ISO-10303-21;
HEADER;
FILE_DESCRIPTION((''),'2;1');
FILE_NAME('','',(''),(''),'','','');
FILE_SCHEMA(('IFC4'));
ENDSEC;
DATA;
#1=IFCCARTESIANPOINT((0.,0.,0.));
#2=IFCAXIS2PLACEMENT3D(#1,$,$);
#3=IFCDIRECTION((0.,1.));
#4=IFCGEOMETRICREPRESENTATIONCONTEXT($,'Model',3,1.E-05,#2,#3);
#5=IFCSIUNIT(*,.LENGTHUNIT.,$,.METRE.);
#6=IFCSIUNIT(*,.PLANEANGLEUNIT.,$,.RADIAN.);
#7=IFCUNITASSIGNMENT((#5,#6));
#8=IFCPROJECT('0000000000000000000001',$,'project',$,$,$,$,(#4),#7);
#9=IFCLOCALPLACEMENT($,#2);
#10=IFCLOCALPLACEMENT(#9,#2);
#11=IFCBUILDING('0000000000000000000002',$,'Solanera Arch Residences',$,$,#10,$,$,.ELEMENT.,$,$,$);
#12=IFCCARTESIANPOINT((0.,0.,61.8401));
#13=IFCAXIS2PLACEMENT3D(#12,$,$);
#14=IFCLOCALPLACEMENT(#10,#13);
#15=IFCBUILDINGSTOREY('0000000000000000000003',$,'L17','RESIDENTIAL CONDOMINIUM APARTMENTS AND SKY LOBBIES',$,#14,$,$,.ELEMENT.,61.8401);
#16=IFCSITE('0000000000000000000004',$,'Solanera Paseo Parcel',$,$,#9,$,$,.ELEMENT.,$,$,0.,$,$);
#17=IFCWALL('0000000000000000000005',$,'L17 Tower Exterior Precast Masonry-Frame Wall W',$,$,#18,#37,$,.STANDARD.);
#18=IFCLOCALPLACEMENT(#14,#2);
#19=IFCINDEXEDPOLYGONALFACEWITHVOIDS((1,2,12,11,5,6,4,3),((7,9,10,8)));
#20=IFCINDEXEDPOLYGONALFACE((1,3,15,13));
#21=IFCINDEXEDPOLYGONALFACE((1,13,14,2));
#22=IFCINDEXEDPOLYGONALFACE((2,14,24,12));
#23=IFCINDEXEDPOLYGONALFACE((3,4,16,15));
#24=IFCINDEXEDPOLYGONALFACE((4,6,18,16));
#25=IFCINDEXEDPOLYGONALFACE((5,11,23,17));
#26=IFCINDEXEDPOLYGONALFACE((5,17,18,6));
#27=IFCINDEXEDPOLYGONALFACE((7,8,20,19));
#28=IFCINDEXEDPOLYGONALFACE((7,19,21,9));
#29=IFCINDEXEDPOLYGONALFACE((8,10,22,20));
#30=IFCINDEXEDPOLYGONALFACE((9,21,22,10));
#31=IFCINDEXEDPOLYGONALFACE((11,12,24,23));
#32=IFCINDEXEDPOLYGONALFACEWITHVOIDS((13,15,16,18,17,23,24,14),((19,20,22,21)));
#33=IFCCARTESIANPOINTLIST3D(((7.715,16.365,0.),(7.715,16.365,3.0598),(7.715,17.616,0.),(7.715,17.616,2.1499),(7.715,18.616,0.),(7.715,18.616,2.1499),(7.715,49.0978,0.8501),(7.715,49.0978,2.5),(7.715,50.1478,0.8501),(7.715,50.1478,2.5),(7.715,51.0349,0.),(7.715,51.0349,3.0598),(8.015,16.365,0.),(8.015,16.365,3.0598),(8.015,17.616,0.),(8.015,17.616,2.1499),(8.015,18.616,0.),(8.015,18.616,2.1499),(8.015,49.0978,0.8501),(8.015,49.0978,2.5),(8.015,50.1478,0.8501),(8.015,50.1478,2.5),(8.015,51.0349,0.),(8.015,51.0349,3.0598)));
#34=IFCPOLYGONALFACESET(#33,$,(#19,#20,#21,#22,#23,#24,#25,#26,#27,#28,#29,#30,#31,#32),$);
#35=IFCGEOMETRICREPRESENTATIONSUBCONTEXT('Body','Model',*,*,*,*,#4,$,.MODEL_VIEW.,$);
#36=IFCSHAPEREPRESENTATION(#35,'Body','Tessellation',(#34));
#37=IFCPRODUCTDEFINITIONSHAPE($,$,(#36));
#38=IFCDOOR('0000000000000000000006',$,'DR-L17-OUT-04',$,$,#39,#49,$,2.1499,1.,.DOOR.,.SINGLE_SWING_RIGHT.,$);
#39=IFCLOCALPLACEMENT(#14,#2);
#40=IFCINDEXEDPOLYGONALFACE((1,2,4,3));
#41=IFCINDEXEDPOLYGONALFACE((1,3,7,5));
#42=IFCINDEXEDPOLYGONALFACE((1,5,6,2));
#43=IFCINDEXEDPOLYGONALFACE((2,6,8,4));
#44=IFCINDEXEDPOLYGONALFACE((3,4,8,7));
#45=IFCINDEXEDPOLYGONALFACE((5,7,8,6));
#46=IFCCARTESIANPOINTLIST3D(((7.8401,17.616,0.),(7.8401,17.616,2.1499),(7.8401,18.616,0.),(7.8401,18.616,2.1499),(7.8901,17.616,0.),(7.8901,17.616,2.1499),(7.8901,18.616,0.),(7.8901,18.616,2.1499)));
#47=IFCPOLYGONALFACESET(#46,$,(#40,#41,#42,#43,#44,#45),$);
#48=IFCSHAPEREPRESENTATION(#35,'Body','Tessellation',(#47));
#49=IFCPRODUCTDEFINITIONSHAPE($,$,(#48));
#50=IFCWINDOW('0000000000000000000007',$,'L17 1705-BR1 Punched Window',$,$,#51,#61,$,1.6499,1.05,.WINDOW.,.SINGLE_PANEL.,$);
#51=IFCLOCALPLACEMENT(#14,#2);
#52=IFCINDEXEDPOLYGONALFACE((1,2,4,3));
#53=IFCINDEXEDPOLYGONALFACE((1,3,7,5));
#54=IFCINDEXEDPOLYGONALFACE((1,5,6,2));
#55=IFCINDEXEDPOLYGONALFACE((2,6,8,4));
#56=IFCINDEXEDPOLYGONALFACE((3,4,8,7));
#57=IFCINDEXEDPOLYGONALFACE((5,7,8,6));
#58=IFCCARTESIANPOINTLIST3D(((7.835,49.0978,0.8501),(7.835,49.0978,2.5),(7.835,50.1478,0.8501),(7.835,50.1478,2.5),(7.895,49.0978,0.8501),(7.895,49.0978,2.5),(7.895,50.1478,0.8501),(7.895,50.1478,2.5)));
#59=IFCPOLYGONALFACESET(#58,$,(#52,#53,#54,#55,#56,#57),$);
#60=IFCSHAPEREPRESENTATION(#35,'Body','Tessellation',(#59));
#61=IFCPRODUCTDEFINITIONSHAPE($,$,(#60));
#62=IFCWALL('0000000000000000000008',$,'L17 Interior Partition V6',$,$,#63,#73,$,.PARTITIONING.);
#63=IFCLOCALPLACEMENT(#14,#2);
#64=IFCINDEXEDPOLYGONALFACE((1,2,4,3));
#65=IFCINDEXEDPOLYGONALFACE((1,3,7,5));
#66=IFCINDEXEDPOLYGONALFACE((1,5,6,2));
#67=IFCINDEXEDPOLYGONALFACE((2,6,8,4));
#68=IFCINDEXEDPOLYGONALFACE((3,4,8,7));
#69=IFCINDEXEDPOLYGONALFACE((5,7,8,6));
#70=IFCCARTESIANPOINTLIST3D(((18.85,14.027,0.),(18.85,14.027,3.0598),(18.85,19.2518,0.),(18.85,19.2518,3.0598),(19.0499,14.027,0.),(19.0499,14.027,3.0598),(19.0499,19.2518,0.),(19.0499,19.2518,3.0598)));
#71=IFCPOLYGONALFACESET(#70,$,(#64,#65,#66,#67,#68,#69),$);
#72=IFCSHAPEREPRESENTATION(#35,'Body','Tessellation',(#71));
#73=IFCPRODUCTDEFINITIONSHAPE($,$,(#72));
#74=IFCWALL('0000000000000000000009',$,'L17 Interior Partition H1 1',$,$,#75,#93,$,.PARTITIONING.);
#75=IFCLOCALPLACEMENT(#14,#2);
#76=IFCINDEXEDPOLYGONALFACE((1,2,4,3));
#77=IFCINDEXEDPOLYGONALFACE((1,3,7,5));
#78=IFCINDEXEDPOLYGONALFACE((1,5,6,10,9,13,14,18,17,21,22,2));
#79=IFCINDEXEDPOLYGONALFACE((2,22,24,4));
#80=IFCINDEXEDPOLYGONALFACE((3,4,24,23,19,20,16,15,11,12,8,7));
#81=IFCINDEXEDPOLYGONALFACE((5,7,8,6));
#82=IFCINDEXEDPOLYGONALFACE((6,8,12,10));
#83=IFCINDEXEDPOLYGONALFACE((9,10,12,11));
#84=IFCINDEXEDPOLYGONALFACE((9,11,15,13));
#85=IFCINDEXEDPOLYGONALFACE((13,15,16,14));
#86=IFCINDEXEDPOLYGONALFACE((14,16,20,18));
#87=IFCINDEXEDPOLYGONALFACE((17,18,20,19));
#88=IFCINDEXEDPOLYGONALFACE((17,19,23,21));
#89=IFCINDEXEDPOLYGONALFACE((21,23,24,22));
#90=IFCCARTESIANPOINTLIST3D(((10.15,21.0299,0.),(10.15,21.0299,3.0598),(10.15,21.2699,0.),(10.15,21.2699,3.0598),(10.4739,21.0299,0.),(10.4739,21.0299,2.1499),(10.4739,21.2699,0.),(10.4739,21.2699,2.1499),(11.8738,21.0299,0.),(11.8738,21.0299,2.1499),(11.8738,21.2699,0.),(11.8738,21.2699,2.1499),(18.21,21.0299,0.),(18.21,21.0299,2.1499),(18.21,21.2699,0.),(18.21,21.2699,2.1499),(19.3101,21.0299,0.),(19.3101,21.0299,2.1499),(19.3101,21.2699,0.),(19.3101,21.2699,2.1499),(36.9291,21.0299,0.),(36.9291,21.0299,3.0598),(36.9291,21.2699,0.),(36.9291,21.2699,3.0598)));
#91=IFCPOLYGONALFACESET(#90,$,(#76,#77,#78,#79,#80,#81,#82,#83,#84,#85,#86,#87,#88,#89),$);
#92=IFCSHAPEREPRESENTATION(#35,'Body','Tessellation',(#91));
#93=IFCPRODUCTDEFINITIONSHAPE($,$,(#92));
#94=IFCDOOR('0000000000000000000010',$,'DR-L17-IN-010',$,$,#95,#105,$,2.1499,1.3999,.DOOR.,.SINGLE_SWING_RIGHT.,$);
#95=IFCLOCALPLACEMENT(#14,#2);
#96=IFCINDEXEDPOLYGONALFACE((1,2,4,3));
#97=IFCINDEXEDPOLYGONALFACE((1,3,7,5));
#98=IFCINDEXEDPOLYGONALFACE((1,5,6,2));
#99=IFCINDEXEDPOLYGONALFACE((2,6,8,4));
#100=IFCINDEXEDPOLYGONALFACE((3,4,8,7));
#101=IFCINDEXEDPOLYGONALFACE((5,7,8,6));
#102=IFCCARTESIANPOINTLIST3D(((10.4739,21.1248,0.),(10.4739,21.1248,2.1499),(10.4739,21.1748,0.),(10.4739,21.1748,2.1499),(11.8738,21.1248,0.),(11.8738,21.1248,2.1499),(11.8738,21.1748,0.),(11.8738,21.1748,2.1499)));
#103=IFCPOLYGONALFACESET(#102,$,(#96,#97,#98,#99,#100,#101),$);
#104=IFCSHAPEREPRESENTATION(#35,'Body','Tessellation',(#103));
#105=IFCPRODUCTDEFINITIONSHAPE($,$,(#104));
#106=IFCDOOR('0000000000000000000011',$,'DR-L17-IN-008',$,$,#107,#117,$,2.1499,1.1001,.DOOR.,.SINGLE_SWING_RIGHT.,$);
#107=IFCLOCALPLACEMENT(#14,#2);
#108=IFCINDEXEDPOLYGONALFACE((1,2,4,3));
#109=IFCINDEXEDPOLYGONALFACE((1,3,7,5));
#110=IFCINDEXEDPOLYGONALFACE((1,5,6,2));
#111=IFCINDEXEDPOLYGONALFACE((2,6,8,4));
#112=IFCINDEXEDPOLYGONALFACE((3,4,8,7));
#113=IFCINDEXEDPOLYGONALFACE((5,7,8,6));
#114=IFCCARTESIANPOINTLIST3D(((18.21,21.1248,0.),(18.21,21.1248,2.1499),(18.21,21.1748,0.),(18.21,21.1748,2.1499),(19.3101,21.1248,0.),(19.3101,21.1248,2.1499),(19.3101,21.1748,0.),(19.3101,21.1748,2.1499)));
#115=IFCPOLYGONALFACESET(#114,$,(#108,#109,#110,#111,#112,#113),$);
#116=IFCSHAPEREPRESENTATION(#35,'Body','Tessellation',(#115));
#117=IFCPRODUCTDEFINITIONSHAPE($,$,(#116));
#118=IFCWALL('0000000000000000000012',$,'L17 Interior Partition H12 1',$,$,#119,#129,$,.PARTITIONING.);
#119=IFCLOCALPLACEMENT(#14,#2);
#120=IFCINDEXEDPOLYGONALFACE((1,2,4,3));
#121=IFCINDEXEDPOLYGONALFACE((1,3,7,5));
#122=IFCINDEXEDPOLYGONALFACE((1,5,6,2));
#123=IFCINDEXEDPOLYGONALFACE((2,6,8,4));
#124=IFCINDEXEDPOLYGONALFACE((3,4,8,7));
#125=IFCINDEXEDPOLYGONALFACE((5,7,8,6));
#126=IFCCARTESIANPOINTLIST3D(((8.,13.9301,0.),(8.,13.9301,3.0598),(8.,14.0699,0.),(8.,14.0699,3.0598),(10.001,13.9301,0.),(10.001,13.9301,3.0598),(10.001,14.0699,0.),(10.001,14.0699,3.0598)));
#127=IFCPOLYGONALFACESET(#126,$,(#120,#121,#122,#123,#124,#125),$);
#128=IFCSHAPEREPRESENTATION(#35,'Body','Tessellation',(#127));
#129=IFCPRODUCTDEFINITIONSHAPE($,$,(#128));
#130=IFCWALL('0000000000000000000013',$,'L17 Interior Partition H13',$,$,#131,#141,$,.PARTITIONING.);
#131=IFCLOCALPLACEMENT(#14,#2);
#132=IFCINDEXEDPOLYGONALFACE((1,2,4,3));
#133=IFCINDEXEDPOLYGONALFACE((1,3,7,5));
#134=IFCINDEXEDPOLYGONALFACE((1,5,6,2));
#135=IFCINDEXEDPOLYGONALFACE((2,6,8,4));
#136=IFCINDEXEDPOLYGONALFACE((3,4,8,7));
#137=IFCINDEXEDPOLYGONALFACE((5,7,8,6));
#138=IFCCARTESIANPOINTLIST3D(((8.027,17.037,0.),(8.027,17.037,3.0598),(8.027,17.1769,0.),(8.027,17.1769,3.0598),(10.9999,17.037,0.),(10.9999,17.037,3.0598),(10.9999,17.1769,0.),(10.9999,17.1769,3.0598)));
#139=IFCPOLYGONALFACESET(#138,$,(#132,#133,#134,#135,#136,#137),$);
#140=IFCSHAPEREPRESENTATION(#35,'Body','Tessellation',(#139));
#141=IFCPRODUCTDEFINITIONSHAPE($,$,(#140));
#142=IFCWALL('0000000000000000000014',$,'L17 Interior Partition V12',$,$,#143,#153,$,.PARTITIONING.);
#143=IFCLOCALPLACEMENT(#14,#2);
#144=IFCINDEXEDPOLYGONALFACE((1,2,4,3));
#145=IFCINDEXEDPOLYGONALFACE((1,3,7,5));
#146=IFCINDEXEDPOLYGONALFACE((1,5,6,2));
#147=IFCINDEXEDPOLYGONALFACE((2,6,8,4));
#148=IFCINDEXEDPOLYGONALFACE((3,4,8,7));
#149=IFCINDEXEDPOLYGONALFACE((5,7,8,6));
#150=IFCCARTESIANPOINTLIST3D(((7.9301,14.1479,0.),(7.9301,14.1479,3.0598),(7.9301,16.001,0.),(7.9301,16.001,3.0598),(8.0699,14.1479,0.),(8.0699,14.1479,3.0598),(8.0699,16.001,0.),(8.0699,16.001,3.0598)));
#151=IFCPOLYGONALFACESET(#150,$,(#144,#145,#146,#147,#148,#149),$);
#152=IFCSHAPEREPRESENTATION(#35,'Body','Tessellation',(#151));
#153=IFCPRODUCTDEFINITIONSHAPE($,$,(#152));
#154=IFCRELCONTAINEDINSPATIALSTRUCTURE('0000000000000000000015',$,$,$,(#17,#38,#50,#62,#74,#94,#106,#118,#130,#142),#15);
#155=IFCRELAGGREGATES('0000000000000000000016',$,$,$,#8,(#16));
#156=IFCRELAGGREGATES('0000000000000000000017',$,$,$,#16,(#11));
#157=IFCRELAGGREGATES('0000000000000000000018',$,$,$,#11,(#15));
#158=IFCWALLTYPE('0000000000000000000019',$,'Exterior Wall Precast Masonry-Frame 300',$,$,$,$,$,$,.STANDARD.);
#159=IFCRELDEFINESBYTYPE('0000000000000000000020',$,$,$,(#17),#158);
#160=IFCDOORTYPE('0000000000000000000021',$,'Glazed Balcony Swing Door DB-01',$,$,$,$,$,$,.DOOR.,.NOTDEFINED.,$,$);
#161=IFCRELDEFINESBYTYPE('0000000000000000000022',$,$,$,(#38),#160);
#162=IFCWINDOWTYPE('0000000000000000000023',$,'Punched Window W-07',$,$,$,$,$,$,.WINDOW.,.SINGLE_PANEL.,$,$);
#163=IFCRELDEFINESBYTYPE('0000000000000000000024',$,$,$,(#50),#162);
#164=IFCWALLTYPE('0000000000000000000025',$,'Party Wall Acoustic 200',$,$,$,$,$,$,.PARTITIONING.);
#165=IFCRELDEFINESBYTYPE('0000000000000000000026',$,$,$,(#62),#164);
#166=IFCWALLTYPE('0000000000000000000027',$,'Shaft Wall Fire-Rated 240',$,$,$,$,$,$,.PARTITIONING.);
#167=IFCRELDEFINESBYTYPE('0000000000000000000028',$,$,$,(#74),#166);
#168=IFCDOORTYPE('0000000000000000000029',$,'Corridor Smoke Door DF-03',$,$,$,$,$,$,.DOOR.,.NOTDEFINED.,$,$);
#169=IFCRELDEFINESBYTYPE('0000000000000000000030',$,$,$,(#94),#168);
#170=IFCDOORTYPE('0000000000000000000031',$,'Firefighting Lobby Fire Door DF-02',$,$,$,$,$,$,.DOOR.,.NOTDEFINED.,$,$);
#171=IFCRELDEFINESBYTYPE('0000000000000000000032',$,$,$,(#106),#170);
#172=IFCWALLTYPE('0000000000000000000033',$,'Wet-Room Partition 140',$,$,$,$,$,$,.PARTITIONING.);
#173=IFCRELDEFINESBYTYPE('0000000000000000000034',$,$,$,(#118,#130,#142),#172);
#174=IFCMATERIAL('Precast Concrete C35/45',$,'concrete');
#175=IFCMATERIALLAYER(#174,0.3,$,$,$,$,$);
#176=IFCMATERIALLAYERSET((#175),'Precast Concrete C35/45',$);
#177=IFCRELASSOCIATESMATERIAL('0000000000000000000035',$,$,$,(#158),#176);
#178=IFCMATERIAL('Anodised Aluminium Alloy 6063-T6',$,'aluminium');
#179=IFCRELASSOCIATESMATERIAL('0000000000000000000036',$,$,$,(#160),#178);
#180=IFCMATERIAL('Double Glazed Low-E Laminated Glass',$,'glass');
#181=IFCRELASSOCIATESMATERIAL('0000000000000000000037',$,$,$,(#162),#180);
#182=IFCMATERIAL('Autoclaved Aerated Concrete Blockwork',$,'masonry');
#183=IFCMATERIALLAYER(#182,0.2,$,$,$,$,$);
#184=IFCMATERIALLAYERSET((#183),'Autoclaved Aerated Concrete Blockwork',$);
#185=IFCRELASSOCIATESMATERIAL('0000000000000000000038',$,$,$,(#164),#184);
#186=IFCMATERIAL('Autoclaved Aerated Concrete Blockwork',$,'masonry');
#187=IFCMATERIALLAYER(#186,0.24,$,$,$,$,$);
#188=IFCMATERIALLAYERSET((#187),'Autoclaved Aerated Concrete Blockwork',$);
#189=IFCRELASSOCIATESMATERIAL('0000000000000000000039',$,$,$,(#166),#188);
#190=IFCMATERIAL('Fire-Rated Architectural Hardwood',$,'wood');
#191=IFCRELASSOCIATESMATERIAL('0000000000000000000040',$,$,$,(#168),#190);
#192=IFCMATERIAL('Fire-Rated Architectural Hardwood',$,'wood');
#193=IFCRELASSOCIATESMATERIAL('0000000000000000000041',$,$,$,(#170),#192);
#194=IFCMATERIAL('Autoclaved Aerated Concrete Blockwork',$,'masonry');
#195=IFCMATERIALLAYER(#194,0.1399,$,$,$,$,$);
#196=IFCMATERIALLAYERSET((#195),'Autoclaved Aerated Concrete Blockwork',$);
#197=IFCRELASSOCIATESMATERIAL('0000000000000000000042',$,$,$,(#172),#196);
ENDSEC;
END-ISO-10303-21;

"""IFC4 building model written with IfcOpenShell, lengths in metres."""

from ifc_helpers import new_model, si_unit, direction, frame, frame_2d, origin, place, context, subcontext, project, spatial, rectangle, extrude, material, layer, layer_set, type_object, element, fill, save


model = new_model("IFC4")

# Units and contexts
model_context = context("Model", 3, precision=1e-05, world=origin(), true_north=direction((0.0, 1.0)))
body_context = subcontext(model_context, "Body", "Model", "MODEL_VIEW")
ifc_project = project(units=[si_unit("LENGTHUNIT", "METRE"), si_unit("PLANEANGLEUNIT", "RADIAN")], contexts=[model_context])

# Site, building, storey
site_placement = place(None, origin())
site = spatial("IfcSite", under=ifc_project, at=site_placement, Name="Solanera Paseo Parcel", CompositionType="ELEMENT", RefElevation=0.0)
building_placement = place(site_placement, origin())
building = spatial("IfcBuilding", under=site, at=building_placement, Name="Solanera Arch Residences", CompositionType="ELEMENT")
storey_placement = place(building_placement, frame((0.0, 0.0, 61.8401)))
storey = spatial("IfcBuildingStorey", under=building, at=storey_placement, Name="L17", Description="RESIDENTIAL CONDOMINIUM APARTMENTS AND SKY LOBBIES", CompositionType="ELEMENT", Elevation=61.8401)

# Wall, openings, door, window
ifc_material_1 = material(Name="Precast Concrete C35/45", Category="concrete")
ifc_layer_1 = layer(ifc_material_1, 0.3)
ifc_layer_set_1 = layer_set([ifc_layer_1], Name="Precast Concrete C35/45")
wall_type_1 = type_object("IfcWallType", Name="Exterior Wall Precast Masonry-Frame 300", PredefinedType="STANDARD", material=ifc_layer_set_1)
wall_1_placement = place(storey_placement, frame((7.865, 16.365, 0.0), z_axis=(0.0, 0.0, 1.0), x_axis=(0.0, 1.0, 0.0)))
wall_1 = element("IfcWall", 1, at=wall_1_placement, inside=storey, type_object=wall_type_1, Name="L17 Tower Exterior Precast Masonry-Frame Wall W", PredefinedType="STANDARD", context=body_context, shape_type="SweptSolid", body=[
    extrude(rectangle(XDim=34.6699, YDim=0.3, at=frame_2d((17.335, 0.0))), origin(), (0.0, 0.0, 1.0), 3.0598),
])
opening_1_placement = place(wall_1_placement, frame((1.251, 0.0, 0.0)))
opening_1 = element("IfcOpeningElement", 2, at=opening_1_placement, cuts=wall_1, PredefinedType="OPENING", context=body_context, shape_type="SweptSolid", body=[
    extrude(rectangle(XDim=1.0, YDim=2.1499, at=frame_2d((0.5, 1.075))), frame((0.0, 0.1599, 0.0), z_axis=(0.0, -1.0, 0.0), x_axis=(1.0, 0.0, 0.0)), (0.0, 0.0, 1.0), 0.32),
])
opening_2_placement = place(wall_1_placement, frame((32.7329, 0.0, 0.8501)))
opening_2 = element("IfcOpeningElement", 3, at=opening_2_placement, cuts=wall_1, PredefinedType="OPENING", context=body_context, shape_type="SweptSolid", body=[
    extrude(rectangle(XDim=1.05, YDim=1.6499, at=frame_2d((0.5249, 0.825))), frame((0.0, 0.1599, 0.0), z_axis=(0.0, -1.0, 0.0), x_axis=(1.0, 0.0, 0.0)), (0.0, 0.0, 1.0), 0.32),
])
ifc_material_2 = material(Name="Anodised Aluminium Alloy 6063-T6", Category="aluminium")
door_type_1 = type_object("IfcDoorType", Name="Glazed Balcony Swing Door DB-01", OperationType="NOTDEFINED", PredefinedType="DOOR", material=ifc_material_2)
door_1_placement = place(opening_1_placement, origin())
door_1 = element("IfcDoor", 4, at=door_1_placement, inside=storey, type_object=door_type_1, Name="DR-L17-OUT-04", OperationType="SINGLE_SWING_RIGHT", OverallHeight=2.1499, OverallWidth=1.0, PredefinedType="DOOR", context=body_context, shape_type="SweptSolid", body=[
    extrude(rectangle(XDim=1.0, YDim=2.1499, at=frame_2d((0.5, 1.075))), frame((0.0, 0.0249, 0.0), z_axis=(0.0, -1.0, 0.0), x_axis=(1.0, 0.0, 0.0)), (0.0, 0.0, 1.0), 0.05),
])
fill(opening_1, door_1)
ifc_material_3 = material(Name="Double Glazed Low-E Laminated Glass", Category="glass")
window_type = type_object("IfcWindowType", Name="Punched Window W-07", PartitioningType="SINGLE_PANEL", PredefinedType="WINDOW", material=ifc_material_3)
window_placement = place(opening_2_placement, origin())
window = element("IfcWindow", 5, at=window_placement, inside=storey, type_object=window_type, Name="L17 1705-BR1 Punched Window", OverallHeight=1.6499, OverallWidth=1.05, PartitioningType="SINGLE_PANEL", PredefinedType="WINDOW", context=body_context, shape_type="SweptSolid", body=[
    extrude(rectangle(XDim=1.05, YDim=1.6499, at=frame_2d((0.5249, 0.825))), frame((0.0, 0.03, 0.0), z_axis=(0.0, -1.0, 0.0), x_axis=(1.0, 0.0, 0.0)), (0.0, 0.0, 1.0), 0.0601),
])
fill(opening_2, window)

# Wall
ifc_material_4 = material(Name="Autoclaved Aerated Concrete Blockwork", Category="masonry")
ifc_layer_2 = layer(ifc_material_4, 0.2)
ifc_layer_set_2 = layer_set([ifc_layer_2], Name="Autoclaved Aerated Concrete Blockwork")
wall_type_2 = type_object("IfcWallType", Name="Party Wall Acoustic 200", PredefinedType="PARTITIONING", material=ifc_layer_set_2)
wall_2_placement = place(storey_placement, frame((18.95, 14.0271, 0.0), z_axis=(0.0, 0.0, 1.0), x_axis=(0.0, 1.0, 0.0)))
element("IfcWall", 6, at=wall_2_placement, inside=storey, type_object=wall_type_2, Name="L17 Interior Partition V6", PredefinedType="PARTITIONING", context=body_context, shape_type="SweptSolid", body=[
    extrude(rectangle(XDim=5.2249, YDim=0.2, at=frame_2d((2.6123, 0.0))), origin(), (0.0, 0.0, 1.0), 3.0598),
])

# Wall, openings, doors
ifc_material_5 = material(Name="Autoclaved Aerated Concrete Blockwork", Category="masonry")
ifc_layer_3 = layer(ifc_material_5, 0.24)
ifc_layer_set_3 = layer_set([ifc_layer_3], Name="Autoclaved Aerated Concrete Blockwork")
wall_type_3 = type_object("IfcWallType", Name="Shaft Wall Fire-Rated 240", PredefinedType="PARTITIONING", material=ifc_layer_set_3)
wall_3_placement = place(storey_placement, frame((10.1499, 21.1499, 0.0), z_axis=(0.0, 0.0, 1.0), x_axis=(1.0, 0.0, 0.0)))
wall_3 = element("IfcWall", 7, at=wall_3_placement, inside=storey, type_object=wall_type_3, Name="L17 Interior Partition H1 1", PredefinedType="PARTITIONING", context=body_context, shape_type="SweptSolid", body=[
    extrude(rectangle(XDim=26.7791, YDim=0.24, at=frame_2d((13.3896, 0.0))), origin(), (0.0, 0.0, 1.0), 3.0598),
])
opening_3_placement = place(wall_3_placement, frame((8.0601, 0.0, 0.0)))
opening_3 = element("IfcOpeningElement", 8, at=opening_3_placement, cuts=wall_3, PredefinedType="OPENING", context=body_context, shape_type="SweptSolid", body=[
    extrude(rectangle(XDim=1.1001, YDim=2.1499, at=frame_2d((0.55, 1.075))), frame((0.0, 0.1299, 0.0), z_axis=(0.0, -1.0, 0.0), x_axis=(1.0, 0.0, 0.0)), (0.0, 0.0, 1.0), 0.26),
])
opening_4_placement = place(wall_3_placement, frame((0.324, 0.0, 0.0)))
opening_4 = element("IfcOpeningElement", 9, at=opening_4_placement, cuts=wall_3, PredefinedType="OPENING", context=body_context, shape_type="SweptSolid", body=[
    extrude(rectangle(XDim=1.3999, YDim=2.1499, at=frame_2d((0.7, 1.075))), frame((0.0, 0.1299, 0.0), z_axis=(0.0, -1.0, 0.0), x_axis=(1.0, 0.0, 0.0)), (0.0, 0.0, 1.0), 0.26),
])
ifc_material_6 = material(Name="Fire-Rated Architectural Hardwood", Category="wood")
door_type_2 = type_object("IfcDoorType", Name="Corridor Smoke Door DF-03", OperationType="NOTDEFINED", PredefinedType="DOOR", material=ifc_material_6)
door_2_placement = place(opening_4_placement, origin())
door_2 = element("IfcDoor", 10, at=door_2_placement, inside=storey, type_object=door_type_2, Name="DR-L17-IN-010", OperationType="SINGLE_SWING_RIGHT", OverallHeight=2.1499, OverallWidth=1.3999, PredefinedType="DOOR", context=body_context, shape_type="SweptSolid", body=[
    extrude(rectangle(XDim=1.3999, YDim=2.1499, at=frame_2d((0.7, 1.075))), frame((0.0, 0.0249, 0.0), z_axis=(0.0, -1.0, 0.0), x_axis=(1.0, 0.0, 0.0)), (0.0, 0.0, 1.0), 0.05),
])
fill(opening_4, door_2)
ifc_material_7 = material(Name="Fire-Rated Architectural Hardwood", Category="wood")
door_type_3 = type_object("IfcDoorType", Name="Firefighting Lobby Fire Door DF-02", OperationType="NOTDEFINED", PredefinedType="DOOR", material=ifc_material_7)
door_3_placement = place(opening_3_placement, origin())
door_3 = element("IfcDoor", 11, at=door_3_placement, inside=storey, type_object=door_type_3, Name="DR-L17-IN-008", OperationType="SINGLE_SWING_RIGHT", OverallHeight=2.1499, OverallWidth=1.1001, PredefinedType="DOOR", context=body_context, shape_type="SweptSolid", body=[
    extrude(rectangle(XDim=1.1001, YDim=2.1499, at=frame_2d((0.55, 1.075))), frame((0.0, 0.0249, 0.0), z_axis=(0.0, -1.0, 0.0), x_axis=(1.0, 0.0, 0.0)), (0.0, 0.0, 1.0), 0.05),
])
fill(opening_3, door_3)

# Walls
ifc_material_8 = material(Name="Autoclaved Aerated Concrete Blockwork", Category="masonry")
ifc_layer_4 = layer(ifc_material_8, 0.1399)
ifc_layer_set_4 = layer_set([ifc_layer_4], Name="Autoclaved Aerated Concrete Blockwork")
wall_type_4 = type_object("IfcWallType", Name="Wet-Room Partition 140", PredefinedType="PARTITIONING", material=ifc_layer_set_4)
wall_4_placement = place(storey_placement, frame((8.0, 14.0, 0.0), z_axis=(0.0, 0.0, 1.0), x_axis=(1.0, 0.0, 0.0)))
element("IfcWall", 12, at=wall_4_placement, inside=storey, type_object=wall_type_4, Name="L17 Interior Partition H12 1", PredefinedType="PARTITIONING", context=body_context, shape_type="SweptSolid", body=[
    extrude(rectangle(XDim=2.001, YDim=0.1399, at=frame_2d((1.0005, 0.0))), origin(), (0.0, 0.0, 1.0), 3.0598),
])
wall_5_placement = place(storey_placement, frame((8.0271, 17.1069, 0.0), z_axis=(0.0, 0.0, 1.0), x_axis=(1.0, 0.0, 0.0)))
element("IfcWall", 13, at=wall_5_placement, inside=storey, type_object=wall_type_4, Name="L17 Interior Partition H13", PredefinedType="PARTITIONING", context=body_context, shape_type="SweptSolid", body=[
    extrude(rectangle(XDim=2.9729, YDim=0.1399, at=frame_2d((1.4863, 0.0))), origin(), (0.0, 0.0, 1.0), 3.0598),
])
wall_6_placement = place(storey_placement, frame((8.0, 14.1479, 0.0), z_axis=(0.0, 0.0, 1.0), x_axis=(0.0, 1.0, 0.0)))
element("IfcWall", 14, at=wall_6_placement, inside=storey, type_object=wall_type_4, Name="L17 Interior Partition V12", PredefinedType="PARTITIONING", context=body_context, shape_type="SweptSolid", body=[
    extrude(rectangle(XDim=1.853, YDim=0.1399, at=frame_2d((0.9265, 0.0))), origin(), (0.0, 0.0, 1.0), 3.0598),
])

save(model, "model.ifc")
